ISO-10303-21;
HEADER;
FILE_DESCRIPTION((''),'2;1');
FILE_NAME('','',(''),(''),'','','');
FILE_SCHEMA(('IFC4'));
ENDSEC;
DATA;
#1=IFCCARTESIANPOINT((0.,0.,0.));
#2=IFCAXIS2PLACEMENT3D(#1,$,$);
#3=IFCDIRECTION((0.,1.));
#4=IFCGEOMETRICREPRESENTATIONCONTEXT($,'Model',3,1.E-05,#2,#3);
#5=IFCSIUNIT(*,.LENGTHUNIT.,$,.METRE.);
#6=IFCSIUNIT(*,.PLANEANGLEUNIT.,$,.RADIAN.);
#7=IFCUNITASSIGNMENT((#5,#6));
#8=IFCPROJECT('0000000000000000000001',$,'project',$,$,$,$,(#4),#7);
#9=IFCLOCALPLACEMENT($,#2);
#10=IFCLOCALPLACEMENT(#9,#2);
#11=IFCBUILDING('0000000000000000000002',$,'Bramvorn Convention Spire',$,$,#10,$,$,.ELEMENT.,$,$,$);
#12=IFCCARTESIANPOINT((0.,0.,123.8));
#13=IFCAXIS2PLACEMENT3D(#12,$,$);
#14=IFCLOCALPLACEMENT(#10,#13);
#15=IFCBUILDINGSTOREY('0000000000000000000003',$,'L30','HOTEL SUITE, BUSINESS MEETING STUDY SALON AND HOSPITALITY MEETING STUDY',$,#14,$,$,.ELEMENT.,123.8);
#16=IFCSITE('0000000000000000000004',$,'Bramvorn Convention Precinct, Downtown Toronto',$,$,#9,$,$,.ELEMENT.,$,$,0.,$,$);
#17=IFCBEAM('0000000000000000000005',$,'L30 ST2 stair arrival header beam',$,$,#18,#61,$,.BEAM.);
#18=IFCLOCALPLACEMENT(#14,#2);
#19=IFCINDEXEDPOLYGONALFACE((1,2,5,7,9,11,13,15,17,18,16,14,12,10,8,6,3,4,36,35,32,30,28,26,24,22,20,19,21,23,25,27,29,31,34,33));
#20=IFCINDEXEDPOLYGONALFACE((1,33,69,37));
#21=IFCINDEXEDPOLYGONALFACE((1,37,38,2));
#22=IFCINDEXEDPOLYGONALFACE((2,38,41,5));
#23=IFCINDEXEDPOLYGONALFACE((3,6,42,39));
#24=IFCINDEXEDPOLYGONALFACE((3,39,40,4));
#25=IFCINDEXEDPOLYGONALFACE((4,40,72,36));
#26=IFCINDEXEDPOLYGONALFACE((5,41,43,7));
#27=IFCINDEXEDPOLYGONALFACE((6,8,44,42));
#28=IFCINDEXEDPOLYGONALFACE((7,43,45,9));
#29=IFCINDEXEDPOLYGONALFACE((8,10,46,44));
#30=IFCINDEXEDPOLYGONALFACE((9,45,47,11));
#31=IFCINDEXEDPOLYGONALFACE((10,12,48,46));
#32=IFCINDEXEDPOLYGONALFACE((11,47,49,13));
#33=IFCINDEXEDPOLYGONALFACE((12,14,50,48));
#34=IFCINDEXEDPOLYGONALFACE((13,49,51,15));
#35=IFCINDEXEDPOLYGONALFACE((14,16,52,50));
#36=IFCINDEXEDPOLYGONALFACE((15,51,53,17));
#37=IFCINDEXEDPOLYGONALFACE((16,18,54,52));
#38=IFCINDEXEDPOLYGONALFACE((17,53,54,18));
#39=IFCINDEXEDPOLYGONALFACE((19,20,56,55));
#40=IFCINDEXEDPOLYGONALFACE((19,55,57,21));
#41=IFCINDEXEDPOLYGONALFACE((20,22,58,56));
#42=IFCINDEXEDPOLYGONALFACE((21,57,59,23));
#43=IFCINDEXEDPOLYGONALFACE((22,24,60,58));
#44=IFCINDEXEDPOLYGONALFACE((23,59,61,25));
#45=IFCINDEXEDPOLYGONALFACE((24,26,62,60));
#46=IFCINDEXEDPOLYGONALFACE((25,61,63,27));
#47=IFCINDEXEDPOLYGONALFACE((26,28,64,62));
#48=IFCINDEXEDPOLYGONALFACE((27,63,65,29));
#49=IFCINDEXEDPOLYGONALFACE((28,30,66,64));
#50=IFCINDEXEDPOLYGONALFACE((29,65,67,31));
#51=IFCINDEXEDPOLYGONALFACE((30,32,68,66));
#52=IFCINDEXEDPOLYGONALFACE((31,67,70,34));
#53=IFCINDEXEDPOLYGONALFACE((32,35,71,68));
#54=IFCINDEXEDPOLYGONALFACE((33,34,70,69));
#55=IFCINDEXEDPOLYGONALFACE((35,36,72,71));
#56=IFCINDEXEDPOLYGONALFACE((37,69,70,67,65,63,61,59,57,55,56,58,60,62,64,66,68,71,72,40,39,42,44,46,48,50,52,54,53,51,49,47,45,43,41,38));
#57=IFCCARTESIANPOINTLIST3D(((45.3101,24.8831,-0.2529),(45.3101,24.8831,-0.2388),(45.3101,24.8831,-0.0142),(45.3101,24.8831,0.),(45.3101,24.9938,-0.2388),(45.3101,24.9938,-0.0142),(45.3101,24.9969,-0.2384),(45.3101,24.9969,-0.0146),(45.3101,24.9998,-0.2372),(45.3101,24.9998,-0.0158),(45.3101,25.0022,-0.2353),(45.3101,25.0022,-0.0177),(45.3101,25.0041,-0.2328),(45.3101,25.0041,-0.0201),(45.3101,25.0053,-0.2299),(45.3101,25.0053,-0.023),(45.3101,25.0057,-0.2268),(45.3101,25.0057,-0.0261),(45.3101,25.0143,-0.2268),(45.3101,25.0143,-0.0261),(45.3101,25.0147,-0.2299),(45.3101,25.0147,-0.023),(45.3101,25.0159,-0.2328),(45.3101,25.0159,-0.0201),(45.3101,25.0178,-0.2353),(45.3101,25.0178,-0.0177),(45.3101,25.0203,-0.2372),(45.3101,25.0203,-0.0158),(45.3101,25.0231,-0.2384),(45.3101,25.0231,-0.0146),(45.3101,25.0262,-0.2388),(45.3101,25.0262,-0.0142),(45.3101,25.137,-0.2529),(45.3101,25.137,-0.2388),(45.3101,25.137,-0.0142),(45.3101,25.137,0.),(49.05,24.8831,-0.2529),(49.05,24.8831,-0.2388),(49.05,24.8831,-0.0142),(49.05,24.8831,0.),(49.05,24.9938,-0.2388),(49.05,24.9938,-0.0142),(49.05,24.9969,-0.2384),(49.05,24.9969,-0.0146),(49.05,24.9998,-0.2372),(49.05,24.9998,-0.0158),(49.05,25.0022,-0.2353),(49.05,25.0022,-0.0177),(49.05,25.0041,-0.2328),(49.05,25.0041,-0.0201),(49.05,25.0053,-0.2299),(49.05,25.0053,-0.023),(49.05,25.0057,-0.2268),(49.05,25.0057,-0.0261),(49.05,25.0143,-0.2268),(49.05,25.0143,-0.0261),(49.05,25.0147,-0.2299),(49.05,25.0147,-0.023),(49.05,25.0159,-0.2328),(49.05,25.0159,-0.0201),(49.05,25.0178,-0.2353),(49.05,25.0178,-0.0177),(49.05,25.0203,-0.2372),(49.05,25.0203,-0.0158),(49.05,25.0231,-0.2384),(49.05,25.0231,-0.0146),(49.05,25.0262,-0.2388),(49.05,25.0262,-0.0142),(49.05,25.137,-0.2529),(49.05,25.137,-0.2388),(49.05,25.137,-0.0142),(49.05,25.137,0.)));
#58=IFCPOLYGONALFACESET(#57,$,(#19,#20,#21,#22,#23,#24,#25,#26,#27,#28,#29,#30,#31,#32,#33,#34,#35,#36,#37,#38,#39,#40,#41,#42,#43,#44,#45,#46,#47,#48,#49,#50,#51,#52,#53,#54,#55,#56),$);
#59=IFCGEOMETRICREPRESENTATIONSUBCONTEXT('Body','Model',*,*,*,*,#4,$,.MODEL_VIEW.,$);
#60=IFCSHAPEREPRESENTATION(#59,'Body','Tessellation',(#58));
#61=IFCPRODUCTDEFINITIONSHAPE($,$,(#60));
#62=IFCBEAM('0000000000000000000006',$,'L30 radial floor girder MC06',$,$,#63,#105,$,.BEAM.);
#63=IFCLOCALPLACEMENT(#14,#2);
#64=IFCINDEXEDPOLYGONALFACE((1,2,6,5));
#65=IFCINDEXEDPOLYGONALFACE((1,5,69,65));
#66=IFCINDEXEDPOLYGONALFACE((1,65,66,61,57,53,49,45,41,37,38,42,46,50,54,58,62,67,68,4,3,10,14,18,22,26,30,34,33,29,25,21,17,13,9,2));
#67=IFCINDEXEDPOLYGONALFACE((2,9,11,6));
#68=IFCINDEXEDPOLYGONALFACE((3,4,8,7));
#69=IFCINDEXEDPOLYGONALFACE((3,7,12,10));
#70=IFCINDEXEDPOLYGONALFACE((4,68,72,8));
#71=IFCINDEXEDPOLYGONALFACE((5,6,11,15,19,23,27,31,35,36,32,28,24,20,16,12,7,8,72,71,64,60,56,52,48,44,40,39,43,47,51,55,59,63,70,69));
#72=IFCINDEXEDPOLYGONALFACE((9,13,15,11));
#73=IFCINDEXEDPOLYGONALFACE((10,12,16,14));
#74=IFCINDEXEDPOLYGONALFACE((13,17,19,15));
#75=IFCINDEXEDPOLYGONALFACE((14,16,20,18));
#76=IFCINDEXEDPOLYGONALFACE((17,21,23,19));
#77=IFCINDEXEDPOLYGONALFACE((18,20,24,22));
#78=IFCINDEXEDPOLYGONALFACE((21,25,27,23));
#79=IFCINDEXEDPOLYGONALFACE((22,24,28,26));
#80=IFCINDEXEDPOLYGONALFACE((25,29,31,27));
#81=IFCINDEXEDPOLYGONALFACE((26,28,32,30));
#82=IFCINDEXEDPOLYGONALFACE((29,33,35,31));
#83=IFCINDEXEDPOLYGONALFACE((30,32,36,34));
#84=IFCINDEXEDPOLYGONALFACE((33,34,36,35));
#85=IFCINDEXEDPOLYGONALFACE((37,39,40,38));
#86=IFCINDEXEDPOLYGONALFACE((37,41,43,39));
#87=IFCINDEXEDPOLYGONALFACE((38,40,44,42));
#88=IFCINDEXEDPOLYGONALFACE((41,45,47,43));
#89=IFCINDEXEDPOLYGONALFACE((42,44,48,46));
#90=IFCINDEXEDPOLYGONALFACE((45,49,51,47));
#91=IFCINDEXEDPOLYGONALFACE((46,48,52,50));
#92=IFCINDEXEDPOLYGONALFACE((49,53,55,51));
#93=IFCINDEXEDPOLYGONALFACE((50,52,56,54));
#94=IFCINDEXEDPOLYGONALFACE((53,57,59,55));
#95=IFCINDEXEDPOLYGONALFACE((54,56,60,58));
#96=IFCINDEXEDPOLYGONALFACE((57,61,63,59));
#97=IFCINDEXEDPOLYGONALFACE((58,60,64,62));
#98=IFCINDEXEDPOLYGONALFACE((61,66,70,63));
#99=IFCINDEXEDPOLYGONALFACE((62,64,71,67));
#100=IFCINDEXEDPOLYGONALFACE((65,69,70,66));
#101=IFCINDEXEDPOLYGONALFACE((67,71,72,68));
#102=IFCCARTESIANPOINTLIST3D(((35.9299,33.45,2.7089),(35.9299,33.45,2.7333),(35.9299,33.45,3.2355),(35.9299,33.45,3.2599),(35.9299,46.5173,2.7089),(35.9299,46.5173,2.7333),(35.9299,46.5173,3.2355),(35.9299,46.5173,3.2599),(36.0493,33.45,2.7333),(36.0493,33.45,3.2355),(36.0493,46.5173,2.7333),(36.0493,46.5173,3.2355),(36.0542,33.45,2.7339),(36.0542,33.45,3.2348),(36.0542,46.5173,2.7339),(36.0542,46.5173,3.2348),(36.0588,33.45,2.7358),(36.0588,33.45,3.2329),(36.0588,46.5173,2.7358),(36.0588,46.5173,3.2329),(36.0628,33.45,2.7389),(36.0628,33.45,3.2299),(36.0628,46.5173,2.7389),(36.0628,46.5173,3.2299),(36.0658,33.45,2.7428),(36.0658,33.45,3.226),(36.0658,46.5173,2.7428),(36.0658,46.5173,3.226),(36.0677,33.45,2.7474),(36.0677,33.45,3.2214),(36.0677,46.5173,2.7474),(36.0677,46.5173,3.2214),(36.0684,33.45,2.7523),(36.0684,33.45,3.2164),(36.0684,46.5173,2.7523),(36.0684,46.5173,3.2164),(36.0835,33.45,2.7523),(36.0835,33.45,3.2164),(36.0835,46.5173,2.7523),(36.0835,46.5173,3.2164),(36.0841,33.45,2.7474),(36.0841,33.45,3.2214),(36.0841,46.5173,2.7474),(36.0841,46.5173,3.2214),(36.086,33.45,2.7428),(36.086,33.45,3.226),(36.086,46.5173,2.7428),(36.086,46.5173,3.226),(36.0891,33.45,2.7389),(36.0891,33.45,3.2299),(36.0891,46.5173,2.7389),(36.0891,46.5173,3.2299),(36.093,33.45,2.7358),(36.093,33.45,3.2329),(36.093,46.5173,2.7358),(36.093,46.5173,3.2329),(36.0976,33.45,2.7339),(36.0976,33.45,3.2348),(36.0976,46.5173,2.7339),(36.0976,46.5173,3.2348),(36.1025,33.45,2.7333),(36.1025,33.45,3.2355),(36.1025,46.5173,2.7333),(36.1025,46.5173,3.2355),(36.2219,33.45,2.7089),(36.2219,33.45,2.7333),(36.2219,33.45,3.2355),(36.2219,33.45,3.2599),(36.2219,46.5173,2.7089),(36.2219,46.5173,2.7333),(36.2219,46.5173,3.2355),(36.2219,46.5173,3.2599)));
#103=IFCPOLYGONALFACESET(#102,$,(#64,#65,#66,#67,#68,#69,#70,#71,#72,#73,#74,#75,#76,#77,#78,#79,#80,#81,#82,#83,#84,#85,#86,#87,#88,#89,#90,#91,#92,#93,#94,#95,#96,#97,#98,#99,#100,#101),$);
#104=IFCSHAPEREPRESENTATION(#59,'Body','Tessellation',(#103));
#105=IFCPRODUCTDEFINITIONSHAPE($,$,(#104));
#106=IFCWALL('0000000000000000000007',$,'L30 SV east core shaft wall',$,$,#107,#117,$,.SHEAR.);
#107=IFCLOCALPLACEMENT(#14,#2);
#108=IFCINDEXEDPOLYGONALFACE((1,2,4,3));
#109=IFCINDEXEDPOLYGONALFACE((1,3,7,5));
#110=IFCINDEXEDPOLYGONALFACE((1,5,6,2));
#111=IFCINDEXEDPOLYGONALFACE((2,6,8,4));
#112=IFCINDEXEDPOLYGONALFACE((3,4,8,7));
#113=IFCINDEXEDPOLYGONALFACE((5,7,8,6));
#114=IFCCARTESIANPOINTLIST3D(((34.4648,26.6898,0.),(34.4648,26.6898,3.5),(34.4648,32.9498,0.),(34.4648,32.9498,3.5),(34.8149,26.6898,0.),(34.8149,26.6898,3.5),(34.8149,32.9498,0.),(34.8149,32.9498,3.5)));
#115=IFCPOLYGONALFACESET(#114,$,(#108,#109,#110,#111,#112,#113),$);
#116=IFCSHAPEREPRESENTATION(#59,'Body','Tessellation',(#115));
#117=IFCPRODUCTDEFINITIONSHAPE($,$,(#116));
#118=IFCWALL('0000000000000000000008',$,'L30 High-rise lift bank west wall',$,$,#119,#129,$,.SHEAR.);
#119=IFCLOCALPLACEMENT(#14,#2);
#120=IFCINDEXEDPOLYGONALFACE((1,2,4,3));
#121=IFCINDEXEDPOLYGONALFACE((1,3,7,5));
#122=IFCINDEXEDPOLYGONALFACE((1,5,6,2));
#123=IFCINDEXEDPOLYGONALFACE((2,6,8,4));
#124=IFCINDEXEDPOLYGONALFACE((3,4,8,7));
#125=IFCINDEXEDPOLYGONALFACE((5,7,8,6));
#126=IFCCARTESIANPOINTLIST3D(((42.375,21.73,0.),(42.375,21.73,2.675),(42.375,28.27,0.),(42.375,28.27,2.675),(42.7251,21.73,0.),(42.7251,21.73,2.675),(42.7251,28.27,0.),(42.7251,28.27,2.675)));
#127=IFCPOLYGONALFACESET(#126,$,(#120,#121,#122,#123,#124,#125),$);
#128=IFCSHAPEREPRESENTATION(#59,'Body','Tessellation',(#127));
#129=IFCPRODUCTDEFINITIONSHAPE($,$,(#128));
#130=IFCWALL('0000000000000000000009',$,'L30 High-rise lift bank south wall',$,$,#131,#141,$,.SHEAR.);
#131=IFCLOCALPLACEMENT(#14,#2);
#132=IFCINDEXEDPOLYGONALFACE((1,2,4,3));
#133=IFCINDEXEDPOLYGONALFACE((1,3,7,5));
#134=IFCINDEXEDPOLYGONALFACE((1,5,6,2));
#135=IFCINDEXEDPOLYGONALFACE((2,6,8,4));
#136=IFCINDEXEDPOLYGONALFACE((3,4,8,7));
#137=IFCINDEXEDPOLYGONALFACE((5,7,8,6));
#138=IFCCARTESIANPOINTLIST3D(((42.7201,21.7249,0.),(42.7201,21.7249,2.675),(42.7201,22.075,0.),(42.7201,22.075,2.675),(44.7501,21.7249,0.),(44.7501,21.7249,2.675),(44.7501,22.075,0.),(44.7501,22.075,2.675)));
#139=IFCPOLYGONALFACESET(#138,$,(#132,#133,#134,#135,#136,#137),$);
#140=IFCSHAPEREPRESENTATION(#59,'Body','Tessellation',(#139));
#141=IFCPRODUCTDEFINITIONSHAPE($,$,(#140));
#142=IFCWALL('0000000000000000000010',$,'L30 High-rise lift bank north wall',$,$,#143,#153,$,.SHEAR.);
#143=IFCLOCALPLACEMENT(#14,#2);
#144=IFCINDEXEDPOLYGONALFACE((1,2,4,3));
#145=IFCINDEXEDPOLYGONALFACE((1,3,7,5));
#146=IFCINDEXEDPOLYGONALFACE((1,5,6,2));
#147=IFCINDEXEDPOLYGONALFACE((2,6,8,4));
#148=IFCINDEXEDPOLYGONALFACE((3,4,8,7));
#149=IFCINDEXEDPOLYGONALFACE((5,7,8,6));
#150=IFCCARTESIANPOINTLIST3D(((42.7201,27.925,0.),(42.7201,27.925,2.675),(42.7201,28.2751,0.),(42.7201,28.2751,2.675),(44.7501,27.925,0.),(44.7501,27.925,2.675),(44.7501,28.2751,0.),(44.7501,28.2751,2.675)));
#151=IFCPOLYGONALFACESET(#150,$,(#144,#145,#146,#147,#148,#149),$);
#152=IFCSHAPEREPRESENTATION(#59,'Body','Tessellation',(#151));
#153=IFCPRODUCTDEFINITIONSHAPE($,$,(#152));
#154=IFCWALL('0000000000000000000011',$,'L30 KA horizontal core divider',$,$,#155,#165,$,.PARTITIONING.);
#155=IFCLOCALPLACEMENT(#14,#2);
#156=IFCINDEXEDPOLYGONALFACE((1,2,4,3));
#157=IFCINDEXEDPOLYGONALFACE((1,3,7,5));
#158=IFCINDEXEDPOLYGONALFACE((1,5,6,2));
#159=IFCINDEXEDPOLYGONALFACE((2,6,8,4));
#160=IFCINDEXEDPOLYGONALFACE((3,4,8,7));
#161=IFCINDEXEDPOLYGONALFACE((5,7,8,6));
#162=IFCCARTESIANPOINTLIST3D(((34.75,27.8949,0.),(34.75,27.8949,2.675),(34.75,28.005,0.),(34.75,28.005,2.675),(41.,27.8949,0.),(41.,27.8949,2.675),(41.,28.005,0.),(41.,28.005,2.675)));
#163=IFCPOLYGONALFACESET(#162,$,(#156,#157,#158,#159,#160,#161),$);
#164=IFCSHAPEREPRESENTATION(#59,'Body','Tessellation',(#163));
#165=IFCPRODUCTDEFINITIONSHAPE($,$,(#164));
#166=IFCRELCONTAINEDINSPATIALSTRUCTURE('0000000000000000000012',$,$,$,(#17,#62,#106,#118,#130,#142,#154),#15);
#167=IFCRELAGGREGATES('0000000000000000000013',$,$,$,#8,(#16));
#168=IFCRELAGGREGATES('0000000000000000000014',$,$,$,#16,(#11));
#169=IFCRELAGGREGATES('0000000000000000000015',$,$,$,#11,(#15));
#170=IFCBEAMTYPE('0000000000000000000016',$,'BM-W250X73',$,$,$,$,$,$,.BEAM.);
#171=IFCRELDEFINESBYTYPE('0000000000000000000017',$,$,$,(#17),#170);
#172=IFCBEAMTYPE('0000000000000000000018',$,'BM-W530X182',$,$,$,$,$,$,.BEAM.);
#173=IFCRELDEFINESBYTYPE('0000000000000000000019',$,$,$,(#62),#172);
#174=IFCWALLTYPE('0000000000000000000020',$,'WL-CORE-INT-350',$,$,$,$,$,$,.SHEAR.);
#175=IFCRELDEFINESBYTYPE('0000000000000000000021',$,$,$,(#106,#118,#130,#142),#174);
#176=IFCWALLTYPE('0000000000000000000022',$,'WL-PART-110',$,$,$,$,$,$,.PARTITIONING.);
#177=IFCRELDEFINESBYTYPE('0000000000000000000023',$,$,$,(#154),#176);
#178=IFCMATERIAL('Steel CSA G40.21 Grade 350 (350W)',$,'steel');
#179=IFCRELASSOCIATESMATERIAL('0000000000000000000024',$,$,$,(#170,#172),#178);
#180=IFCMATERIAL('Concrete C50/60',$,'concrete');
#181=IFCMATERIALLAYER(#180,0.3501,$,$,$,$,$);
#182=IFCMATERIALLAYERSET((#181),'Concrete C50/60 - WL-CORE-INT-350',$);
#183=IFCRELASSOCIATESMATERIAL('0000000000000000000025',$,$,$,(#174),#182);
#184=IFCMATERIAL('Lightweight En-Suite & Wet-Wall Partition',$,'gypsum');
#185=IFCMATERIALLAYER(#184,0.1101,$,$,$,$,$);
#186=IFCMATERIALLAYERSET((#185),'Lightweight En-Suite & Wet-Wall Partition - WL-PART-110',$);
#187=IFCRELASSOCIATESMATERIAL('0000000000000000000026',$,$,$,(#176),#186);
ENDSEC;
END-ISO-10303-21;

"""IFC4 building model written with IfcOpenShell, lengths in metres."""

from ifc_helpers import new_model, si_unit, direction, frame, frame_2d, origin, origin_2d, place, context, subcontext, project, spatial, rectangle, i_section, extrude, material, layer, layer_set, material_profile, profile_set, type_object, element, save


model = new_model("IFC4")

# Units and contexts
model_context = context("Model", 3, precision=1e-05, world=origin(), true_north=direction((0.0, 1.0)))
body_context = subcontext(model_context, "Body", "Model", "MODEL_VIEW")
ifc_project = project(units=[si_unit("LENGTHUNIT", "METRE"), si_unit("PLANEANGLEUNIT", "RADIAN")], contexts=[model_context])

# Site, building, storey
site_placement = place(None, origin())
site = spatial("IfcSite", under=ifc_project, at=site_placement, Name="Bramvorn Convention Precinct, Downtown Toronto", CompositionType="ELEMENT", RefElevation=0.0)
building_placement = place(site_placement, origin())
building = spatial("IfcBuilding", under=site, at=building_placement, Name="Bramvorn Convention Spire", CompositionType="ELEMENT")
storey_placement = place(building_placement, frame((0.0, 0.0, 123.8)))
storey = spatial("IfcBuildingStorey", under=building, at=storey_placement, Name="L30", Description="HOTEL SUITE, BUSINESS MEETING STUDY SALON AND HOSPITALITY MEETING STUDY", CompositionType="ELEMENT", Elevation=123.8)

# Beams
ifc_material_1 = material(Name="Steel CSA G40.21 Grade 350 (350W)", Category="steel")
ifc_material_profile_1 = material_profile(ifc_material_1, i_section(OverallWidth=0.2539, OverallDepth=0.2529, WebThickness=0.0085, FlangeThickness=0.0142, FilletRadius=0.012, at=origin_2d()))
ifc_profile_set_1 = profile_set([ifc_material_profile_1], Name="Steel CSA G40.21 Grade 350 (350W) - W250X73")
beam_type_1 = type_object("IfcBeamType", Name="BM-W250X73", PredefinedType="BEAM", material=ifc_profile_set_1)
beam_1_placement = place(storey_placement, frame((45.3101, 25.01, -0.1265), z_axis=(1.0, 0.0, 0.0), x_axis=(0.0, 1.0, 0.0)))
element("IfcBeam", 1, at=beam_1_placement, inside=storey, type_object=beam_type_1, Name="L30 ST2 stair arrival header beam", PredefinedType="BEAM", context=body_context, shape_type="SweptSolid", body=[
    extrude(i_section(OverallWidth=0.2539, OverallDepth=0.2529, WebThickness=0.0085, FlangeThickness=0.0142, FilletRadius=0.012, at=origin_2d()), origin(), (0.0, 0.0, 1.0), 3.74),
])
ifc_material_profile_2 = material_profile(ifc_material_1, i_section(OverallWidth=0.292, OverallDepth=0.551, WebThickness=0.0151, FlangeThickness=0.0244, FilletRadius=0.019, at=origin_2d()))
ifc_profile_set_2 = profile_set([ifc_material_profile_2], Name="Steel CSA G40.21 Grade 350 (350W) - W530X182")
beam_type_2 = type_object("IfcBeamType", Name="BM-W530X182", PredefinedType="BEAM", material=ifc_profile_set_2)
beam_2_placement = place(storey_placement, frame((36.0759, 33.45, 2.9844), z_axis=(0.0, 1.0, 0.0), x_axis=(-1.0, 0.0, 0.0)))
element("IfcBeam", 2, at=beam_2_placement, inside=storey, type_object=beam_type_2, Name="L30 radial floor girder MC06", PredefinedType="BEAM", context=body_context, shape_type="SweptSolid", body=[
    extrude(i_section(OverallWidth=0.292, OverallDepth=0.551, WebThickness=0.0151, FlangeThickness=0.0244, FilletRadius=0.019, at=origin_2d()), origin(), (0.0, 0.0, 1.0), 13.0674),
])

# Shared definitions
ifc_material_2 = material(Name="Concrete C50/60", Category="concrete")
ifc_layer_1 = layer(ifc_material_2, 0.3501)
ifc_layer_set_1 = layer_set([ifc_layer_1], Name="Concrete C50/60 - WL-CORE-INT-350")
wall_type_1 = type_object("IfcWallType", Name="WL-CORE-INT-350", PredefinedType="SHEAR", material=ifc_layer_set_1)

# Walls
wall_1_placement = place(storey_placement, frame((34.6399, 26.6899, 0.0), z_axis=(0.0, 0.0, 1.0), x_axis=(0.0, 1.0, 0.0)))
element("IfcWall", 3, at=wall_1_placement, inside=storey, type_object=wall_type_1, Name="L30 SV east core shaft wall", PredefinedType="SHEAR", context=body_context, shape_type="SweptSolid", body=[
    extrude(rectangle(XDim=6.26, YDim=0.3501, at=frame_2d((3.1299, 0.0))), origin(), (0.0, 0.0, 1.0), 3.5),
])
wall_2_placement = place(storey_placement, frame((42.55, 21.73, 0.0), z_axis=(0.0, 0.0, 1.0), x_axis=(0.0, 1.0, 0.0)))
element("IfcWall", 4, at=wall_2_placement, inside=storey, type_object=wall_type_1, Name="L30 High-rise lift bank west wall", PredefinedType="SHEAR", context=body_context, shape_type="SweptSolid", body=[
    extrude(rectangle(XDim=6.54, YDim=0.3501, at=frame_2d((3.27, 0.0))), origin(), (0.0, 0.0, 1.0), 2.675),
])
for number, where, z_axis, x_axis, name in (
    (5, (42.72, 21.8999, 0.0), (0.0, 0.0, 1.0), (1.0, 0.0, 0.0), "L30 High-rise lift bank south wall"),
    (6, (42.72, 28.1001, 0.0), (0.0, 0.0, 1.0), (1.0, 0.0, 0.0), "L30 High-rise lift bank north wall"),
):
    element("IfcWall", number, at=place(storey_placement, frame(where, z_axis=z_axis, x_axis=x_axis)), inside=storey, type_object=wall_type_1, Name=name, PredefinedType="SHEAR", context=body_context, shape_type="SweptSolid", body=[
        extrude(rectangle(XDim=2.03, YDim=0.3501, at=frame_2d((1.0151, 0.0))), origin(), (0.0, 0.0, 1.0), 2.675),
    ])
ifc_material_3 = material(Name="Lightweight En-Suite & Wet-Wall Partition", Category="gypsum")
ifc_layer_2 = layer(ifc_material_3, 0.1101)
ifc_layer_set_2 = layer_set([ifc_layer_2], Name="Lightweight En-Suite & Wet-Wall Partition - WL-PART-110")
wall_type_2 = type_object("IfcWallType", Name="WL-PART-110", PredefinedType="PARTITIONING", material=ifc_layer_set_2)
wall_3_placement = place(storey_placement, frame((34.75, 27.95, 0.0), z_axis=(0.0, 0.0, 1.0), x_axis=(1.0, 0.0, 0.0)))
element("IfcWall", 7, at=wall_3_placement, inside=storey, type_object=wall_type_2, Name="L30 KA horizontal core divider", PredefinedType="PARTITIONING", context=body_context, shape_type="SweptSolid", body=[
    extrude(rectangle(XDim=6.25, YDim=0.1101, at=frame_2d((3.125, 0.0))), origin(), (0.0, 0.0, 1.0), 2.675),
])

save(model, "model.ifc")
